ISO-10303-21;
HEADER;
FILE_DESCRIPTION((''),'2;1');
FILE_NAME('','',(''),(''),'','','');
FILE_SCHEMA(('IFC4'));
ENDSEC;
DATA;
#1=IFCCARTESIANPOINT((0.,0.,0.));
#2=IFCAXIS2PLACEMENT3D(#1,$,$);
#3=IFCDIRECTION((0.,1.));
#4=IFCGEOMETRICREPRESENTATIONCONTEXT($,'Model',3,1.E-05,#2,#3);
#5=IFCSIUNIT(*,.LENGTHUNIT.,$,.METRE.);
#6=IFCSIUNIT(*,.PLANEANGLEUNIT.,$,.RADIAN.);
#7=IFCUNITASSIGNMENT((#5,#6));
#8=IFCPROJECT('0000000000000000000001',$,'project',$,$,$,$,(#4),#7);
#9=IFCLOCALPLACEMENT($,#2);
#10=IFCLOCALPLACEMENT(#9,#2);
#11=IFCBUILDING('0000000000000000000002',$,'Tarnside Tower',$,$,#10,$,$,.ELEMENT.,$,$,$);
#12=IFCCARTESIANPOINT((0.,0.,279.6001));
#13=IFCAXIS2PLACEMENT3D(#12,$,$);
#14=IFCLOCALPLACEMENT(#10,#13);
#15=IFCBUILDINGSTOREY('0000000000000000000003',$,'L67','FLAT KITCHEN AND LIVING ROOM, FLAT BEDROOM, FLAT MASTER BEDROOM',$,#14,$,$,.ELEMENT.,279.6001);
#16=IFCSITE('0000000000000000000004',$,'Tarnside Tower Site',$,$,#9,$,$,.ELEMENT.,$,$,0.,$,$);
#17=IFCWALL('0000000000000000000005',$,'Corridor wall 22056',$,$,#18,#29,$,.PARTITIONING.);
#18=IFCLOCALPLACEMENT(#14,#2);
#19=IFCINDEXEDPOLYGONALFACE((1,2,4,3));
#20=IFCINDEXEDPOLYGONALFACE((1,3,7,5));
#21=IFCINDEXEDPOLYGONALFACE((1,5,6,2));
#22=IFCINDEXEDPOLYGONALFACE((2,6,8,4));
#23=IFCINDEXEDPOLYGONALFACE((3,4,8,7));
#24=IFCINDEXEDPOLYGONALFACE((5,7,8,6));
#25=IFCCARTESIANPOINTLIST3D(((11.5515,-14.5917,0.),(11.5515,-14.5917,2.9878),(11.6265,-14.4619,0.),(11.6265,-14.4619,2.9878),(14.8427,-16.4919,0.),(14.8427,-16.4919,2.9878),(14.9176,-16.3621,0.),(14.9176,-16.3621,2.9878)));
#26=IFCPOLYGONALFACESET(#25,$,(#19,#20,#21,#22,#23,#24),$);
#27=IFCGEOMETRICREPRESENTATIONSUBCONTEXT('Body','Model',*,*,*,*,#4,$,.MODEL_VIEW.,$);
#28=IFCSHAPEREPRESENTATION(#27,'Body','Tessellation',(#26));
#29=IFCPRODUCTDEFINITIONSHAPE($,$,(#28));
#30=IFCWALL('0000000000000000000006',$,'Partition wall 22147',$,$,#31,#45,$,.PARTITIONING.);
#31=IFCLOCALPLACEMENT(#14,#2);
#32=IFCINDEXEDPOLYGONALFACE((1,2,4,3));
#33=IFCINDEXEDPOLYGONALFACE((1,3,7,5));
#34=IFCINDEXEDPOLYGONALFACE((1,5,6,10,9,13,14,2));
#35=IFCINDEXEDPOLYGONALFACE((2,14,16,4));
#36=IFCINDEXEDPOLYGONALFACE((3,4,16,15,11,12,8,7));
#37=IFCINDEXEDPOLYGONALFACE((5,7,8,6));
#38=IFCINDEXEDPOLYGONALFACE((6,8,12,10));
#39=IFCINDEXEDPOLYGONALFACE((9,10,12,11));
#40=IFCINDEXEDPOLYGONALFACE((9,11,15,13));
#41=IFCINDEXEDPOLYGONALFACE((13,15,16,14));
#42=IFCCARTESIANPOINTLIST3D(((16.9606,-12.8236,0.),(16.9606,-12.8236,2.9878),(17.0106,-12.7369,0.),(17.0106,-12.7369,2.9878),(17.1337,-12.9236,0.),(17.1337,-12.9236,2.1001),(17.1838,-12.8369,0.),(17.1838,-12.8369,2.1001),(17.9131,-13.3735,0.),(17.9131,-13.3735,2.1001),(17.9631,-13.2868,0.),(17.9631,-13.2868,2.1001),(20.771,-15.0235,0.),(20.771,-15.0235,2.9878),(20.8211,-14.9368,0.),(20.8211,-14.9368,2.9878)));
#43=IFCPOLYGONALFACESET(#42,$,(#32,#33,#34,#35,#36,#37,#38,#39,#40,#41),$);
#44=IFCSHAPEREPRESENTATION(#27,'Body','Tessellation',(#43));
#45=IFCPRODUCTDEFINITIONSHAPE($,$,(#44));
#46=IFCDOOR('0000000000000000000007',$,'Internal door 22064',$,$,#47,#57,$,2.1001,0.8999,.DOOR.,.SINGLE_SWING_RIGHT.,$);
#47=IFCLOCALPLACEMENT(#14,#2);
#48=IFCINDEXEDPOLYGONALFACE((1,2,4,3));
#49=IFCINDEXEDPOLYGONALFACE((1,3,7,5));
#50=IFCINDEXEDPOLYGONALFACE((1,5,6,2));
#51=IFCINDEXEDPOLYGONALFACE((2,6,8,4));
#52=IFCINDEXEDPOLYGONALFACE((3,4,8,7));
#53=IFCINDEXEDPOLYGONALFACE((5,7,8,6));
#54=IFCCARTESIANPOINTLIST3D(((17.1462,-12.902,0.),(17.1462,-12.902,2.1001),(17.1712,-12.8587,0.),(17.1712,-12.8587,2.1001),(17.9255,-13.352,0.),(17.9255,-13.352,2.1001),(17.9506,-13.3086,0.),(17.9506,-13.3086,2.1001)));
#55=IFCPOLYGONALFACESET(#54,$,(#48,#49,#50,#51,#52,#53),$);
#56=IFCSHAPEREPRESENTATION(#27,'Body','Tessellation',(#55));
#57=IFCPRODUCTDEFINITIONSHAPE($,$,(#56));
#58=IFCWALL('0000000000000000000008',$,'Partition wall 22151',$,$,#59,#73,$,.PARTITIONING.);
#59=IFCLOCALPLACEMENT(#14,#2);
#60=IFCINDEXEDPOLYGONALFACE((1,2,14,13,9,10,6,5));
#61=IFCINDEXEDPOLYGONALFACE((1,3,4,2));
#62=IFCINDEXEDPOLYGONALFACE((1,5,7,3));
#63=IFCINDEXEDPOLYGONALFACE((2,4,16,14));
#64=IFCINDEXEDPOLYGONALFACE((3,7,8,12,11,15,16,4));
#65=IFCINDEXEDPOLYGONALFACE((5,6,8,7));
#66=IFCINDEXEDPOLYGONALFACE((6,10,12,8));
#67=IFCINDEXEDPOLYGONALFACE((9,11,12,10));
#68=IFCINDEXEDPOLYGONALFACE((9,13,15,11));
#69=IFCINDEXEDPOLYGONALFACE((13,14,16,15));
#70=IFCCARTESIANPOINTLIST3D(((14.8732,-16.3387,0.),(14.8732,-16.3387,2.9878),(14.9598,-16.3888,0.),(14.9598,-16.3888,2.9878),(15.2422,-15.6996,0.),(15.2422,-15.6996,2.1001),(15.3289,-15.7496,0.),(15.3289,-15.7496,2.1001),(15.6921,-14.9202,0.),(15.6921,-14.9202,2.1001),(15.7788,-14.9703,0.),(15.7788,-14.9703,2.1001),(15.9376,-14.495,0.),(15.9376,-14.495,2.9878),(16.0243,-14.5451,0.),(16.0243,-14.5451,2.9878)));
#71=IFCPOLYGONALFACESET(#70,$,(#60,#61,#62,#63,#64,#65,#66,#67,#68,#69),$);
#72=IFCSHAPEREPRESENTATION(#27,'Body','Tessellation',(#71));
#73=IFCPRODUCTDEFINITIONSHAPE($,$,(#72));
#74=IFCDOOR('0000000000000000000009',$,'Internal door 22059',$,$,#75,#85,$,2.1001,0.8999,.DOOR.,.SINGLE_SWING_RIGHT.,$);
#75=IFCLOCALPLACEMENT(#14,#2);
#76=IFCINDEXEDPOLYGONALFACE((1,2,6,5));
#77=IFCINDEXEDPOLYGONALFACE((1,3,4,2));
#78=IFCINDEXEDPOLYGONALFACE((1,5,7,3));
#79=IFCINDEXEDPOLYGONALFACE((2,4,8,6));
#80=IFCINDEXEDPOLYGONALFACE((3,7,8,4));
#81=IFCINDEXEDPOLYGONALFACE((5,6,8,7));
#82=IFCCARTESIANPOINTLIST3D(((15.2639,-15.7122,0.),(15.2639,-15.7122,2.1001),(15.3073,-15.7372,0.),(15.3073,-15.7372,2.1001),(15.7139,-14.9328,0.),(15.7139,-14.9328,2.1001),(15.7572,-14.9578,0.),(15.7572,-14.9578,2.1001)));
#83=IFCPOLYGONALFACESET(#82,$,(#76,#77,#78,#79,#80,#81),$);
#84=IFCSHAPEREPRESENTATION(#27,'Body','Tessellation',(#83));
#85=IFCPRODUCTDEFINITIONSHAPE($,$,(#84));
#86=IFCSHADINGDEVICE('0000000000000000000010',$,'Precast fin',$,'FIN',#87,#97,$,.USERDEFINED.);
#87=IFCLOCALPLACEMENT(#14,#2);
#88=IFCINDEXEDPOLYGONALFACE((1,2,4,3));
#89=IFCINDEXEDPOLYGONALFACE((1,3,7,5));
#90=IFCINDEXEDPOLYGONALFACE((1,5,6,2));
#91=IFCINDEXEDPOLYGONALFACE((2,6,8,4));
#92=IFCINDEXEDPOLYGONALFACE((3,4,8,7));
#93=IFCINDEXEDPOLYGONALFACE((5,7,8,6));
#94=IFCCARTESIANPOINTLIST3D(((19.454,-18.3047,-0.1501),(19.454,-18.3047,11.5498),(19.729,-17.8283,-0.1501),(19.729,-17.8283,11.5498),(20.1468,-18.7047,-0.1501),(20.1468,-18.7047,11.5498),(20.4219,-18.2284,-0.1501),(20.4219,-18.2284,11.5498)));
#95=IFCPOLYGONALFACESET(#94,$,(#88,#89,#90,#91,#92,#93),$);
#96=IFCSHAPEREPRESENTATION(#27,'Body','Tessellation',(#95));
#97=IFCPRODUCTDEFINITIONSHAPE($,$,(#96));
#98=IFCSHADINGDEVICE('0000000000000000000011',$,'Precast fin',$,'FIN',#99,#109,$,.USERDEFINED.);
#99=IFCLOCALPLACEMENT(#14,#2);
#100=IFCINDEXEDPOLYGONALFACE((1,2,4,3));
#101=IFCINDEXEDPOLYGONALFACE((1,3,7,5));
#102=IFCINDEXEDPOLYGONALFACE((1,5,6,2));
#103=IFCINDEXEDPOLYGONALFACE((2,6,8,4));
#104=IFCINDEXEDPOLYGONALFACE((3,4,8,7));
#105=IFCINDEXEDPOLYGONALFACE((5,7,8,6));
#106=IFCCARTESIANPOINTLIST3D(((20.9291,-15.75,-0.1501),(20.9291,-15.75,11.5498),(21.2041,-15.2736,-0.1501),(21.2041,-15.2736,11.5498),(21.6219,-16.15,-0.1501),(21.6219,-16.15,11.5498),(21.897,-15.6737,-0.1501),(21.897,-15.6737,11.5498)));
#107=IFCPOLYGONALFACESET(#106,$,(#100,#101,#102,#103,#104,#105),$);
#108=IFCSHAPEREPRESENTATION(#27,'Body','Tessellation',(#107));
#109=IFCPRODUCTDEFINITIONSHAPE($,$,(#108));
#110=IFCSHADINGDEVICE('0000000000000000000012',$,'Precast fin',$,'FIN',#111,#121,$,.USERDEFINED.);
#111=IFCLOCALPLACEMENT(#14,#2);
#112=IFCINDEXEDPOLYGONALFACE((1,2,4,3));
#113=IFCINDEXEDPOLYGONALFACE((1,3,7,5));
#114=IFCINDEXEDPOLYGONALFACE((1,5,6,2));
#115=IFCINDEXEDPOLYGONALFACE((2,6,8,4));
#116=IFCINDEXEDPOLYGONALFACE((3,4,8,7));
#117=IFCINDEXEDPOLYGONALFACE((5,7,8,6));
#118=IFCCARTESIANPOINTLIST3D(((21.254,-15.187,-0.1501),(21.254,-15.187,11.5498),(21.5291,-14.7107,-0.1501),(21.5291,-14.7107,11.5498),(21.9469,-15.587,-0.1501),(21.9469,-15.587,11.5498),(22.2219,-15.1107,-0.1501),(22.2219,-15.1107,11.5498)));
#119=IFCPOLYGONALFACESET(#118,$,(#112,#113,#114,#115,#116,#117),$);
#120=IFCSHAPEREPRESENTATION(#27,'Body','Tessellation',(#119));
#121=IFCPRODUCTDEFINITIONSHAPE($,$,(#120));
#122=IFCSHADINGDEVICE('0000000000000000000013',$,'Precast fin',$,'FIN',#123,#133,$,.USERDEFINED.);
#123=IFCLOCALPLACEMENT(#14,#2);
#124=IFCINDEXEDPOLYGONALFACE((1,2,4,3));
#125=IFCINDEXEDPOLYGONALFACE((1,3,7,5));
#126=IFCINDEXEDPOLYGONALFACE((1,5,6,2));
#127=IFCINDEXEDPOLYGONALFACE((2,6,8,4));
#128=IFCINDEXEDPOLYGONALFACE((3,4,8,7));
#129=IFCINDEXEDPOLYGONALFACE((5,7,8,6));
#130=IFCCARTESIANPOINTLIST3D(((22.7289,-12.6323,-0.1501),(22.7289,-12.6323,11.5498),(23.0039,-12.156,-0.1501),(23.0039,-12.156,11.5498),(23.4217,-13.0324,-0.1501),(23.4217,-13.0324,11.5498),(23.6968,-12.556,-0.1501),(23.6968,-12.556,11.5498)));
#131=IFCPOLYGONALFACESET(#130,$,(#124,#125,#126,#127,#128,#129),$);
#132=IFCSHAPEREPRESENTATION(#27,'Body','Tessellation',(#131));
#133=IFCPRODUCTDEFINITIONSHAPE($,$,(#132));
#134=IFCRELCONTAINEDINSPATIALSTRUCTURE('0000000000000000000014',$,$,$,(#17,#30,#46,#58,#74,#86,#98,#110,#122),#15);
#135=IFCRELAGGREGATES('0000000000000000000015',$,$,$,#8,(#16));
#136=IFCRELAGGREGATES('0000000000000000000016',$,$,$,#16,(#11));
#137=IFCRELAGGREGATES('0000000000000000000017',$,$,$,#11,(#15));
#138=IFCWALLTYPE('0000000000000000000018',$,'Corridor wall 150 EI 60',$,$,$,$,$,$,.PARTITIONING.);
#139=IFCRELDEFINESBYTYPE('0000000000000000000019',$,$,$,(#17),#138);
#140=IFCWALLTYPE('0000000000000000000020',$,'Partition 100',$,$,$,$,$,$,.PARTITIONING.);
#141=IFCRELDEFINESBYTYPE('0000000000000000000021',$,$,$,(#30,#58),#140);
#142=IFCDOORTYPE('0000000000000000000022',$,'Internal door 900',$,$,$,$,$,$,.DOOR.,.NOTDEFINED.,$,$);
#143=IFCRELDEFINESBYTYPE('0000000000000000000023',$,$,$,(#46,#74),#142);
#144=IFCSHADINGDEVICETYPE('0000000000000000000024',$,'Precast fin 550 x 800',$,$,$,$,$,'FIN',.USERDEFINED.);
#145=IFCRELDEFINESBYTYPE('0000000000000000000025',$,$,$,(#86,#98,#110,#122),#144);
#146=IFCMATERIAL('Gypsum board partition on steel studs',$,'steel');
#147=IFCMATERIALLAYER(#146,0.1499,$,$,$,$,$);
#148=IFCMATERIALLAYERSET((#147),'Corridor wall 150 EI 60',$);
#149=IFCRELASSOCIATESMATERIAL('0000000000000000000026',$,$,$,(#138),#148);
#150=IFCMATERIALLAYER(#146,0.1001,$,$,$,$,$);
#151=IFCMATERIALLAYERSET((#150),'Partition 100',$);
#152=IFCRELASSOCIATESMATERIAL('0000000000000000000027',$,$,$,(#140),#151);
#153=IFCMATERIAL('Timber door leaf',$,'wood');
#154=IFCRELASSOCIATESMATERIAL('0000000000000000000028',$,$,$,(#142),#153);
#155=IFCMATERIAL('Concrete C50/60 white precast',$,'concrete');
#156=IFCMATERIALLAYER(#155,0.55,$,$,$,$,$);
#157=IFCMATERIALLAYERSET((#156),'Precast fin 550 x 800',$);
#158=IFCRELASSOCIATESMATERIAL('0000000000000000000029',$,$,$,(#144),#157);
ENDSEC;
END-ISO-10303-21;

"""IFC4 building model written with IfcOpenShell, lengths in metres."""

from ifc_helpers import new_model, si_unit, direction, frame, frame_2d, origin, place, context, subcontext, project, spatial, polyline, rectangle, outline, extrude, material, layer, layer_set, type_object, element, fill, save


model = new_model("IFC4")

# Units and contexts
model_context = context("Model", 3, precision=1e-05, world=origin(), true_north=direction((0.0, 1.0)))
body_context = subcontext(model_context, "Body", "Model", "MODEL_VIEW")
ifc_project = project(units=[si_unit("LENGTHUNIT", "METRE"), si_unit("PLANEANGLEUNIT", "RADIAN")], contexts=[model_context])

# Site, building, storey
site_placement = place(None, origin())
site = spatial("IfcSite", under=ifc_project, at=site_placement, Name="Tarnside Tower Site", CompositionType="ELEMENT", RefElevation=0.0)
building_placement = place(site_placement, origin())
building = spatial("IfcBuilding", under=site, at=building_placement, Name="Tarnside Tower", CompositionType="ELEMENT")
storey_placement = place(building_placement, frame((0.0, 0.0, 279.6001)))
storey = spatial("IfcBuildingStorey", under=building, at=storey_placement, Name="L67", Description="FLAT KITCHEN AND LIVING ROOM, FLAT BEDROOM, FLAT MASTER BEDROOM", CompositionType="ELEMENT", Elevation=279.6001)

# Shared definitions
ifc_material_1 = material(Name="Gypsum board partition on steel studs", Category="steel")
ifc_material_2 = material(Name="Timber door leaf", Category="wood")

# Wall
ifc_layer_1 = layer(ifc_material_1, 0.1499)
ifc_layer_set_1 = layer_set([ifc_layer_1], Name="Corridor wall 150 EI 60")
wall_type_1 = type_object("IfcWallType", Name="Corridor wall 150 EI 60", PredefinedType="PARTITIONING", material=ifc_layer_set_1)
wall_1_placement = place(storey_placement, frame((14.8801, -16.427, 0.0), z_axis=(0.0, 0.0, 1.0), x_axis=(-0.866017, 0.500015, 0.0)))
element("IfcWall", 1, at=wall_1_placement, inside=storey, type_object=wall_type_1, Name="Corridor wall 22056", PredefinedType="PARTITIONING", context=body_context, shape_type="SweptSolid", body=[
    extrude(rectangle(XDim=3.8003, YDim=0.1499, at=frame_2d((1.9001, 0.0))), origin(), (0.0, 0.0, 1.0), 2.9878),
])

# Walls, openings, doors
ifc_layer_2 = layer(ifc_material_1, 0.1001)
ifc_layer_set_2 = layer_set([ifc_layer_2], Name="Partition 100")
wall_type_2 = type_object("IfcWallType", Name="Partition 100", PredefinedType="PARTITIONING", material=ifc_layer_set_2)
wall_2_placement = place(storey_placement, frame((16.9856, -12.7803, 0.0), z_axis=(0.0, 0.0, 1.0), x_axis=(0.866032, -0.499988, 0.0)))
wall_2 = element("IfcWall", 2, at=wall_2_placement, inside=storey, type_object=wall_type_2, Name="Partition wall 22147", PredefinedType="PARTITIONING", context=body_context, shape_type="SweptSolid", body=[
    extrude(rectangle(XDim=4.3999, YDim=0.1001, at=frame_2d((2.2, 0.0))), origin(), (0.0, 0.0, 1.0), 2.9878),
])
opening_1_placement = place(wall_2_placement, frame((0.2, 0.0, 0.0)))
opening_1 = element("IfcOpeningElement", 3, at=opening_1_placement, cuts=wall_2, PredefinedType="OPENING", context=body_context, shape_type="SweptSolid", body=[
    extrude(rectangle(XDim=0.8999, YDim=2.1001, at=frame_2d((0.45, 1.05))), frame((0.0, 0.0601, 0.0), z_axis=(0.0, -1.0, 0.0), x_axis=(1.0, 0.0, 0.0)), (0.0, 0.0, 1.0), 0.1201),
])
door_type_1 = type_object("IfcDoorType", Name="Internal door 900", OperationType="NOTDEFINED", PredefinedType="DOOR", material=ifc_material_2)
door_1_placement = place(opening_1_placement, origin())
door_1 = element("IfcDoor", 4, at=door_1_placement, inside=storey, type_object=door_type_1, Name="Internal door 22064", OperationType="SINGLE_SWING_RIGHT", OverallHeight=2.1001, OverallWidth=0.8999, PredefinedType="DOOR", context=body_context, shape_type="SweptSolid", body=[
    extrude(rectangle(XDim=0.8999, YDim=2.1001, at=frame_2d((0.45, 1.05))), frame((0.0, 0.0249, 0.0), z_axis=(0.0, -1.0, 0.0), x_axis=(1.0, 0.0, 0.0)), (0.0, 0.0, 1.0), 0.05),
])
fill(opening_1, door_1)
wall_3_placement = place(storey_placement, frame((14.9165, -16.3638, 0.0), z_axis=(0.0, 0.0, 1.0), x_axis=(0.499987, 0.866033, 0.0)))
wall_3 = element("IfcWall", 5, at=wall_3_placement, inside=storey, type_object=wall_type_2, Name="Partition wall 22151", PredefinedType="PARTITIONING", context=body_context, shape_type="SweptSolid", body=[
    extrude(rectangle(XDim=2.1289, YDim=0.1001, at=frame_2d((1.0645, 0.0))), origin(), (0.0, 0.0, 1.0), 2.9878),
])
opening_2_placement = place(wall_3_placement, frame((0.738, 0.0, 0.0)))
opening_2 = element("IfcOpeningElement", 6, at=opening_2_placement, cuts=wall_3, PredefinedType="OPENING", context=body_context, shape_type="SweptSolid", body=[
    extrude(rectangle(XDim=0.8999, YDim=2.1001, at=frame_2d((0.45, 1.05))), frame((0.0, 0.0601, 0.0), z_axis=(0.0, -1.0, 0.0), x_axis=(1.0, 0.0, 0.0)), (0.0, 0.0, 1.0), 0.1201),
])
door_2_placement = place(opening_2_placement, origin())
door_2 = element("IfcDoor", 7, at=door_2_placement, inside=storey, type_object=door_type_1, Name="Internal door 22059", OperationType="SINGLE_SWING_RIGHT", OverallHeight=2.1001, OverallWidth=0.8999, PredefinedType="DOOR", context=body_context, shape_type="SweptSolid", body=[
    extrude(rectangle(XDim=0.8999, YDim=2.1001, at=frame_2d((0.45, 1.05))), frame((0.0, 0.0249, 0.0), z_axis=(0.0, -1.0, 0.0), x_axis=(1.0, 0.0, 0.0)), (0.0, 0.0, 1.0), 0.05),
])
fill(opening_2, door_2)

# Shading devices
ifc_material_3 = material(Name="Concrete C50/60 white precast", Category="concrete")
ifc_layer_3 = layer(ifc_material_3, 0.55)
ifc_layer_set_3 = layer_set([ifc_layer_3], Name="Precast fin 550 x 800")
shading_device_type = type_object("IfcShadingDeviceType", Name="Precast fin 550 x 800", ElementType="FIN", PredefinedType="USERDEFINED", material=ifc_layer_set_3)
for number, where, z_axis, x_axis, name in (
    (8, (19.5916, -18.0664, -0.1501), (-0.5, -0.866025, 0.0), (0.866025, -0.5, 0.0), "Precast fin"),
    (9, (21.0667, -15.5117, -0.1501), (-0.5, -0.866025, 0.0), (0.866025, -0.5, 0.0), "Precast fin"),
    (10, (21.3916, -14.9487, -0.1501), (-0.5, -0.866025, 0.0), (0.866025, -0.5, 0.0), "Precast fin"),
    (11, (22.8665, -12.394, -0.1501), (-0.5, -0.866025, 0.0), (0.866025, -0.5, 0.0), "Precast fin"),
):
    element("IfcShadingDevice", number, at=place(storey_placement, frame(where, z_axis=z_axis, x_axis=x_axis)), inside=storey, type_object=shading_device_type, Name=name, ObjectType="FIN", PredefinedType="USERDEFINED", context=body_context, shape_type="SweptSolid", body=[
        extrude(outline(polyline([(0.0, 0.0), (0.8, 0.0), (0.8, 11.7), (0.0, 11.7), (0.0, 0.0)])), frame((0.0, 0.0, -0.2749)), (0.0, 0.0, 1.0), 0.55),
    ])

save(model, "model.ifc")
